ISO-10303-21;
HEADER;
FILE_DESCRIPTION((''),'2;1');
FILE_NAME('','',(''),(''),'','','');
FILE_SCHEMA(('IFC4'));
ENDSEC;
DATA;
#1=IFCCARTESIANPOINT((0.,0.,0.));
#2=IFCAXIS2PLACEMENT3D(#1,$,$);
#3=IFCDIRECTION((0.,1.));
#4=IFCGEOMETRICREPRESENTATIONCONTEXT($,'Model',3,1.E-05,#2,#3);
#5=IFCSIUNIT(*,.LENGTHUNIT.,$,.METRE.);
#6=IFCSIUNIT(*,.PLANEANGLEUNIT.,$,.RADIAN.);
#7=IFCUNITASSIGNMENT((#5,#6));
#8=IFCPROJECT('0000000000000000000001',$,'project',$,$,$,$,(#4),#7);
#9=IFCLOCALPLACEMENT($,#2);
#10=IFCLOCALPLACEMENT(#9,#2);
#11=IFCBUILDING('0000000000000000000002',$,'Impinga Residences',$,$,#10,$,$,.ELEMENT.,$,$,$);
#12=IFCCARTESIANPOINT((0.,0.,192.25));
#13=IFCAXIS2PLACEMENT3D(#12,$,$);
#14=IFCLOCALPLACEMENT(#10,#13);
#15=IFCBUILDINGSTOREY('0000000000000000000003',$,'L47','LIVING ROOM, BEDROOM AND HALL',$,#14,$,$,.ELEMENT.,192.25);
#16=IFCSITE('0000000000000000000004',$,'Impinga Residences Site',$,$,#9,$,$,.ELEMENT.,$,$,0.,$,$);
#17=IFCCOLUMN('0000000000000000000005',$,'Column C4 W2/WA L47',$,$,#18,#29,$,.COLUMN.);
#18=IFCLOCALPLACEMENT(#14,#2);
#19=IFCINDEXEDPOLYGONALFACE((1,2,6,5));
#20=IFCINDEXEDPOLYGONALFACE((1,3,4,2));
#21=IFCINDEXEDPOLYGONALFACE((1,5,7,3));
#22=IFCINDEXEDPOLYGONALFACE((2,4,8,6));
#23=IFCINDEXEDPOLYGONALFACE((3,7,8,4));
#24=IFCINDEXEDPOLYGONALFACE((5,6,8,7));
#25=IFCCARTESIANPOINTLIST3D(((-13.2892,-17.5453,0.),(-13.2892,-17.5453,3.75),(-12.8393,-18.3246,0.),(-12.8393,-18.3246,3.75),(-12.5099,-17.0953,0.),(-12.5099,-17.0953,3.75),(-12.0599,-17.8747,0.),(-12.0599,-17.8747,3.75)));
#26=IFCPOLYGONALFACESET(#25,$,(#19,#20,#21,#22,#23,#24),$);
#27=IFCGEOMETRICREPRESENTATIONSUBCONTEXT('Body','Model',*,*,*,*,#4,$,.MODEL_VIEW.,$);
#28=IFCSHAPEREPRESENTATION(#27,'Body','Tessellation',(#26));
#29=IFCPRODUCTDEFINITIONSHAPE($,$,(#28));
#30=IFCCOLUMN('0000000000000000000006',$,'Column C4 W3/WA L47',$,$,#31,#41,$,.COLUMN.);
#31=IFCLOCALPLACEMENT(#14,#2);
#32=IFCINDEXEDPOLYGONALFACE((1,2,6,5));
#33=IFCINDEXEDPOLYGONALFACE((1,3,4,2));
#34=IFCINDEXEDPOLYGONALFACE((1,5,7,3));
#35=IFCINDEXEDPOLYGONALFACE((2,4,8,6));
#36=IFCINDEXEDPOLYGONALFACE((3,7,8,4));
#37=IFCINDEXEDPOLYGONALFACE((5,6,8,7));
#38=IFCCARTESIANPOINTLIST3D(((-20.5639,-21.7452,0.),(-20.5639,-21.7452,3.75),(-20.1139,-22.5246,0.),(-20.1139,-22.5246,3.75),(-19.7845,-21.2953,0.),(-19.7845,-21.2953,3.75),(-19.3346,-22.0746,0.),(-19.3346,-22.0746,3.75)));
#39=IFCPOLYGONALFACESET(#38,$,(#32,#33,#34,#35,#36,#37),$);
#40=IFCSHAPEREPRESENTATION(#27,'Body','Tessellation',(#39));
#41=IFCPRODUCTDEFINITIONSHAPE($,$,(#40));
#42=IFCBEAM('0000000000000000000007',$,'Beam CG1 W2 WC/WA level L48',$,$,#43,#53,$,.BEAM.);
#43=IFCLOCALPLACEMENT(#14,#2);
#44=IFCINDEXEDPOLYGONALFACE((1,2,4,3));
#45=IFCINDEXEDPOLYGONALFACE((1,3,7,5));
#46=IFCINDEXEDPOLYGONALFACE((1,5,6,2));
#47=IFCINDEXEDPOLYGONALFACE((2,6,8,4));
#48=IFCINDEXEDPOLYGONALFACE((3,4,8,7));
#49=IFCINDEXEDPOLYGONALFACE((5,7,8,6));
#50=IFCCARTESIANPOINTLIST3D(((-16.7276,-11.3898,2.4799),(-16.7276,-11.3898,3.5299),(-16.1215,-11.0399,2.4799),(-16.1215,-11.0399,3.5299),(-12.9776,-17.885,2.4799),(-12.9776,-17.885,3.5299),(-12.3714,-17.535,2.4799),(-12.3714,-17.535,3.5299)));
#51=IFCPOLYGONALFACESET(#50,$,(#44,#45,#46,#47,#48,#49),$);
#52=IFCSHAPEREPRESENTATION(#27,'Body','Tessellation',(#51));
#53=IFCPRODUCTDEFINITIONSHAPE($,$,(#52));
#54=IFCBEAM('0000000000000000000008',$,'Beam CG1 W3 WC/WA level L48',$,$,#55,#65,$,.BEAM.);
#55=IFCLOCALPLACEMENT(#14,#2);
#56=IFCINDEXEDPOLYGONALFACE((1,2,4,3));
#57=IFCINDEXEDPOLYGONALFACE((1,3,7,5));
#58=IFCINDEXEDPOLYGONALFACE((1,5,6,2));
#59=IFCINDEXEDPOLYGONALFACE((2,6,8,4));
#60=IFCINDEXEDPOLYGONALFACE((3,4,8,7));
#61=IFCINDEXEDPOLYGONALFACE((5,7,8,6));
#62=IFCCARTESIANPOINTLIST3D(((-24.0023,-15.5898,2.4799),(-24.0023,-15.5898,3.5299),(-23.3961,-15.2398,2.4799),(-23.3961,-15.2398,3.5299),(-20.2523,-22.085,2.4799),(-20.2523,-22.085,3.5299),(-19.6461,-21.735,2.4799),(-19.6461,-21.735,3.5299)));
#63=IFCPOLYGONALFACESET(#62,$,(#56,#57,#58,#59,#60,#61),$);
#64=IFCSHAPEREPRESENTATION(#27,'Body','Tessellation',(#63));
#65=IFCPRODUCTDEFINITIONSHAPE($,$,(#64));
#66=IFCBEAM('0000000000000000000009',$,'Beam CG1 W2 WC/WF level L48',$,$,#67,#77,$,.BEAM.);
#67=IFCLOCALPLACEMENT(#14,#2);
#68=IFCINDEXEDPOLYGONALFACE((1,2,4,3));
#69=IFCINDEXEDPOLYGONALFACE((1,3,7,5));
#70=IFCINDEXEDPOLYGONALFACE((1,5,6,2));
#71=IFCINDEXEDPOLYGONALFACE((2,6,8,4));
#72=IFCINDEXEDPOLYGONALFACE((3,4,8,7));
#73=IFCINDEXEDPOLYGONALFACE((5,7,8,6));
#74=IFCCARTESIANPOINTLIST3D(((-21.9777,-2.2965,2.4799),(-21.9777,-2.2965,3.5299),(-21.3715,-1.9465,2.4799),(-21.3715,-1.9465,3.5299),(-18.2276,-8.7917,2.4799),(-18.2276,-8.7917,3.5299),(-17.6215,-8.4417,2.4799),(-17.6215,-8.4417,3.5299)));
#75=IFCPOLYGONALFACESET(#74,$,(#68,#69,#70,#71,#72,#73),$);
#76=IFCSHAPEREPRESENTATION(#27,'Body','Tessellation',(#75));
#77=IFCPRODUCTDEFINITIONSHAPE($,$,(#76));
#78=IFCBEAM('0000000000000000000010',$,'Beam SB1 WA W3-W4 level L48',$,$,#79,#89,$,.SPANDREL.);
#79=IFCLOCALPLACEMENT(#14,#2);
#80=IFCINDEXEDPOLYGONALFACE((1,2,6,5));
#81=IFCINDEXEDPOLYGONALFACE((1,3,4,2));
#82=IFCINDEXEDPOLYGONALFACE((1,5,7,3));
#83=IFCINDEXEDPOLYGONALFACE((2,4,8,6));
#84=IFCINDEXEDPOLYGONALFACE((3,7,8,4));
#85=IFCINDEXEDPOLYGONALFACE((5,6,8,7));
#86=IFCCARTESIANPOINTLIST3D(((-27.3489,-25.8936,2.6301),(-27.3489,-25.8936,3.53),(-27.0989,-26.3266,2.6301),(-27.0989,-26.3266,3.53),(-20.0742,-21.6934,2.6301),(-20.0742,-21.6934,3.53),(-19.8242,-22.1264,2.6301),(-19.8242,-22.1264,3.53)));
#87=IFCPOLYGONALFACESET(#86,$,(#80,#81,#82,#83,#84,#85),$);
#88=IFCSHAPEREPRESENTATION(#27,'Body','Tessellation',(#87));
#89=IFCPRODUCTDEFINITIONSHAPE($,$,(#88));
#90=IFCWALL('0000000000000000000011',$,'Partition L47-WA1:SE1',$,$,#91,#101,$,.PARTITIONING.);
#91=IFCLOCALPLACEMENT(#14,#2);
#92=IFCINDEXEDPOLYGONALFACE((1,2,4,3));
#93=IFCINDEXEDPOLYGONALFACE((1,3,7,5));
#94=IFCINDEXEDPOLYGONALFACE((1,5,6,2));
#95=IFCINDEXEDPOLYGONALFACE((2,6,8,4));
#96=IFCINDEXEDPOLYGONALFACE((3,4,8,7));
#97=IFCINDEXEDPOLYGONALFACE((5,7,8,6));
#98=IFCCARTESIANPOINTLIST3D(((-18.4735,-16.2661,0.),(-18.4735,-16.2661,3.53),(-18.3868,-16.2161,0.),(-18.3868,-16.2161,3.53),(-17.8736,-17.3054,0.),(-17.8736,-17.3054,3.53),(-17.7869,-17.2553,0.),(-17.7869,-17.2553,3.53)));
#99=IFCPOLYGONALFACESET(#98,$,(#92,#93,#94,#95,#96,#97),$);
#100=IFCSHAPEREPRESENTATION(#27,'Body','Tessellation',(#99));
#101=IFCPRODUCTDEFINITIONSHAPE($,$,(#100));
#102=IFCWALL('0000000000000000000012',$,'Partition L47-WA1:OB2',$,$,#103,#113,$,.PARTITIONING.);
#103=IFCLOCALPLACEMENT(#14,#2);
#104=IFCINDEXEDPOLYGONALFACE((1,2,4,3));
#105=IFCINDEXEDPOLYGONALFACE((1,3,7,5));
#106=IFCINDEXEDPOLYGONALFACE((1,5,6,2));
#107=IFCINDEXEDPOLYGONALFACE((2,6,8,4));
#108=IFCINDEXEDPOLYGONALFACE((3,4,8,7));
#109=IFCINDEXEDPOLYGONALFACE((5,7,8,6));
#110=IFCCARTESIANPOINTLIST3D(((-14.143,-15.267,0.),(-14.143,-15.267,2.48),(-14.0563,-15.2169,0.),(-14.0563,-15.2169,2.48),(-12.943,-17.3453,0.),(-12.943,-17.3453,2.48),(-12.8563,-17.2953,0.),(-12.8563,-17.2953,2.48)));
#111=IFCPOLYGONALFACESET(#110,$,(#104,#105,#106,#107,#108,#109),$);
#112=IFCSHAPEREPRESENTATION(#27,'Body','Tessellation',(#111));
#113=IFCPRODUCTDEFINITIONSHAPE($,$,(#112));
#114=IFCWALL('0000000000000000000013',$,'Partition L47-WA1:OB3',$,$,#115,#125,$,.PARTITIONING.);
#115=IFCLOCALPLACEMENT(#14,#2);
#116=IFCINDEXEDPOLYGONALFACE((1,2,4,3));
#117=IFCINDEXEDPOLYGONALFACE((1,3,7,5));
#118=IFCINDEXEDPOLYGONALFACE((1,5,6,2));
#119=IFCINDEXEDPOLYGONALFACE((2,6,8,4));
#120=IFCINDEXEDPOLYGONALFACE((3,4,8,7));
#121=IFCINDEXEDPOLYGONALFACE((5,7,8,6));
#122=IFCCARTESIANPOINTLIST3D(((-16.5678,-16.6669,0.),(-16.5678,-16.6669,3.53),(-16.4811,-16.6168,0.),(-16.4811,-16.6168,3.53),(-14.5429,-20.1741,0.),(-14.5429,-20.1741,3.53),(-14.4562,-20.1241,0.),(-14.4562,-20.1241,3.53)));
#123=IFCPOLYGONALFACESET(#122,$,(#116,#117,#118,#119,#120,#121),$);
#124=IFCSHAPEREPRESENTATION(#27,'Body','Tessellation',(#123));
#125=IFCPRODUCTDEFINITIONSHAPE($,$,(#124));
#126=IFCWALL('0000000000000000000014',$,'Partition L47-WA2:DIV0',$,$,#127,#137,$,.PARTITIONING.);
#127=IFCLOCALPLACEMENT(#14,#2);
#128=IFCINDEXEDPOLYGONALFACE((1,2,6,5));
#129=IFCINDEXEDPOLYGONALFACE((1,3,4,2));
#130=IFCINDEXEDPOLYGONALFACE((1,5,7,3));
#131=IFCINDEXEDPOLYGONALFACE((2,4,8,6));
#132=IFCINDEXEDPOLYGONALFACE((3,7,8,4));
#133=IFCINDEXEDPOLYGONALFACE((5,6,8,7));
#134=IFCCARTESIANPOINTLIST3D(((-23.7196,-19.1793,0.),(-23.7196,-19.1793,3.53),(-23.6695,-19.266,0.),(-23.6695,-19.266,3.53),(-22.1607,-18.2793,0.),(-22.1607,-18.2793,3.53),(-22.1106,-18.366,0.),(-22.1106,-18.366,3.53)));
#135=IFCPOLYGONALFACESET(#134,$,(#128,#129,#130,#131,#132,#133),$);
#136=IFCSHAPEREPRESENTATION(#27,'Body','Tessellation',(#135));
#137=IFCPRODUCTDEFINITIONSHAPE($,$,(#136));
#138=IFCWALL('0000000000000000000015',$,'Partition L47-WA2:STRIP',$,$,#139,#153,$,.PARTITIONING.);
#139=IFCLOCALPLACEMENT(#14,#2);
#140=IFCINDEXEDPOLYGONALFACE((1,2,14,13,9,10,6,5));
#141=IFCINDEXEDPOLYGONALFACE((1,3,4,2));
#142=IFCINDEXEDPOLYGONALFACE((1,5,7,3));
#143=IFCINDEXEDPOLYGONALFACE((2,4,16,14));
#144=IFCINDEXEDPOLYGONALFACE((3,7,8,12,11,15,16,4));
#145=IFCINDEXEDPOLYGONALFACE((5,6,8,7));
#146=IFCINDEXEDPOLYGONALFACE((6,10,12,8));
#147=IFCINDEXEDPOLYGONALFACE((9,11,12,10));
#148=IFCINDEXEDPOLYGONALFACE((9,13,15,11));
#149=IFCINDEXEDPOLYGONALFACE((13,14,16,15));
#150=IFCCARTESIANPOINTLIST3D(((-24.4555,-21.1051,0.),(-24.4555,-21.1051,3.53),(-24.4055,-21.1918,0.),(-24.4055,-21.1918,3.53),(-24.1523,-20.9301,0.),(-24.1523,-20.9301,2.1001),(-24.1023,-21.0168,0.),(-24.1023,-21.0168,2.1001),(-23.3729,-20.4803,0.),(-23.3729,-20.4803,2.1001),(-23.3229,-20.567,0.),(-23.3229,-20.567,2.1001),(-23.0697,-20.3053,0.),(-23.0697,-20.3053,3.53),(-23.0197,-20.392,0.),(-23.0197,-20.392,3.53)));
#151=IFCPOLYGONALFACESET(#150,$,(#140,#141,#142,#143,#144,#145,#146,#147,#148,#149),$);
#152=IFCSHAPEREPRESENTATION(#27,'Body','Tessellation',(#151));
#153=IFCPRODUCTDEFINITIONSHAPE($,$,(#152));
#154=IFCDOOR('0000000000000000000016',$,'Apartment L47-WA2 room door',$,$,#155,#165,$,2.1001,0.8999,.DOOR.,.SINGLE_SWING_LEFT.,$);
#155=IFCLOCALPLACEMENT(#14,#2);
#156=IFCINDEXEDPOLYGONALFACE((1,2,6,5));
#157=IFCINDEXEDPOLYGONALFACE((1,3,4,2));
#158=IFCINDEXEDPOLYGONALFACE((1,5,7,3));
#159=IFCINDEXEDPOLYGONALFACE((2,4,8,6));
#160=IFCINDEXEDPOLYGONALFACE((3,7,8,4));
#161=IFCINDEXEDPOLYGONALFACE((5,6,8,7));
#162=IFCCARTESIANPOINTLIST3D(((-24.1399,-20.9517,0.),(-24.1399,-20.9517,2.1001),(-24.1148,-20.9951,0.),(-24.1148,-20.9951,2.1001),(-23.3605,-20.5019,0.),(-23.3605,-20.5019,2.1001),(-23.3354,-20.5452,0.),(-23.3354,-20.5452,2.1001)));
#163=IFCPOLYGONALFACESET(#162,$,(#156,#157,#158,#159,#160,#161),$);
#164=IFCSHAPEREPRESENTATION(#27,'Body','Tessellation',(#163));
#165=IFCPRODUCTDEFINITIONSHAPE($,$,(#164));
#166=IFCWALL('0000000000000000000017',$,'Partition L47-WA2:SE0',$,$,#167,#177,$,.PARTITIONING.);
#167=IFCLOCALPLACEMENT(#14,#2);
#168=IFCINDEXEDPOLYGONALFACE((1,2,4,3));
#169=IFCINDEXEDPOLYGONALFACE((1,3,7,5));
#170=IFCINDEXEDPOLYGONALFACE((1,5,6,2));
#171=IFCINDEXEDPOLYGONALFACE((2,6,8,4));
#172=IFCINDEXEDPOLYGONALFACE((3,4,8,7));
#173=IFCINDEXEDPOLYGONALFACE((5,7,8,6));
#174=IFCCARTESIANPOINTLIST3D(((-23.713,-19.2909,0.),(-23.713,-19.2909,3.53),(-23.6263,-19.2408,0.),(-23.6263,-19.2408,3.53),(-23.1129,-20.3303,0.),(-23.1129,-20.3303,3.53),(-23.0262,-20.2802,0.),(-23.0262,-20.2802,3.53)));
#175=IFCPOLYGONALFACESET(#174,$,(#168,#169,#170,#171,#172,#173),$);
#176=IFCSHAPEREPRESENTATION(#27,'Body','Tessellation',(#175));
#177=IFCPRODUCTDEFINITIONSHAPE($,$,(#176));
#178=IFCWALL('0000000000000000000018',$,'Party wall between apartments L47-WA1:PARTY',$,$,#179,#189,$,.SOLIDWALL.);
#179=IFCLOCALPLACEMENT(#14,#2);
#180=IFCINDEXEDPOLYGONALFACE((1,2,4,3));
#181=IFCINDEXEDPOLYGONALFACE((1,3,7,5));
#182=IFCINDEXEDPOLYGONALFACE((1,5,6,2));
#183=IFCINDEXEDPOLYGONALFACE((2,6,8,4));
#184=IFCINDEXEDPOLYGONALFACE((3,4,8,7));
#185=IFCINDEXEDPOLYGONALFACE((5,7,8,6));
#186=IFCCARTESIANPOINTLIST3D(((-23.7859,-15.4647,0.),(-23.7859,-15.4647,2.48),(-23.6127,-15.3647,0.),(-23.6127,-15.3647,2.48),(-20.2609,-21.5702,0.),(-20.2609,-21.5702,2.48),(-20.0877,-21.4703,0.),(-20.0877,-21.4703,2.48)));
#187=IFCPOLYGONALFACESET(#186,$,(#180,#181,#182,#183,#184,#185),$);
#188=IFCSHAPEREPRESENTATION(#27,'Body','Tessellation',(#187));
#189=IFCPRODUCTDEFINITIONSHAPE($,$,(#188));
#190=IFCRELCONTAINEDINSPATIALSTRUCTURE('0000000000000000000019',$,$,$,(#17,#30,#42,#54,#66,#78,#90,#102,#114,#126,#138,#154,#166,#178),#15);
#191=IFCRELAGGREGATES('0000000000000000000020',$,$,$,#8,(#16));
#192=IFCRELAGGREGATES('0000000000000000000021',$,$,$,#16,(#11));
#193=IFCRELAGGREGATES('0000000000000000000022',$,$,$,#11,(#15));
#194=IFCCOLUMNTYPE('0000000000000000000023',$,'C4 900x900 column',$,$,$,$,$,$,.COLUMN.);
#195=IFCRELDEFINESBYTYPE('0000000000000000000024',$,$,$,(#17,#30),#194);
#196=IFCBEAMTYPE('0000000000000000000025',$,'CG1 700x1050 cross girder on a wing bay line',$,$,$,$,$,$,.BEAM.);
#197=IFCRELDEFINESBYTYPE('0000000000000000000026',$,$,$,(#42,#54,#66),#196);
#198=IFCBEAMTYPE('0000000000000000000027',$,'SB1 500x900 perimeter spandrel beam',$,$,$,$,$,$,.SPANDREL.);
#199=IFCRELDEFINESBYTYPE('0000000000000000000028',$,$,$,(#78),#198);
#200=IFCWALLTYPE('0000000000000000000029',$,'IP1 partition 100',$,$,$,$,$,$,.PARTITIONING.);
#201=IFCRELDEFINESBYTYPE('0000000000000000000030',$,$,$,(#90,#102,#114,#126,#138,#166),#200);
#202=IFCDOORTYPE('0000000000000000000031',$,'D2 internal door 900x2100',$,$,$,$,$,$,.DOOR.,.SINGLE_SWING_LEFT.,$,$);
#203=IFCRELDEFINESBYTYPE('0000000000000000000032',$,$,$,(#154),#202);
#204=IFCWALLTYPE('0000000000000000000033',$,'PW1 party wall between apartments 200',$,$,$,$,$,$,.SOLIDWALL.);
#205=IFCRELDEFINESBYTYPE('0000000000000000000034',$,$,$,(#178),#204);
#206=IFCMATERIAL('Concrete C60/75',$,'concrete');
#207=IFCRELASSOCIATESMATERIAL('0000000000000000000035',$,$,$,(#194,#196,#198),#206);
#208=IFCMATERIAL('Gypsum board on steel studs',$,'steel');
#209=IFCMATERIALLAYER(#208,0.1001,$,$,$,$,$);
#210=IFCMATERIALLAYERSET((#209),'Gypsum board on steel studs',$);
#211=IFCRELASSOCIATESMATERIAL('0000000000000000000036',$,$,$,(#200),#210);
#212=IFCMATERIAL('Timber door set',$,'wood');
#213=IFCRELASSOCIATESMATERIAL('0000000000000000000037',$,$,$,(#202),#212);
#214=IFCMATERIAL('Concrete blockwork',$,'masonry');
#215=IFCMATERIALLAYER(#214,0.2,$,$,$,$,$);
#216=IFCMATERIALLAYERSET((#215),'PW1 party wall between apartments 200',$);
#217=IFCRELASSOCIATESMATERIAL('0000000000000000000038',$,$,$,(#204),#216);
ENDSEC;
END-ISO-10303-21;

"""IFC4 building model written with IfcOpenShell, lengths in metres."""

from ifc_helpers import new_model, si_unit, direction, frame, frame_2d, origin, origin_2d, place, context, subcontext, project, spatial, rectangle, extrude, material, layer, layer_set, material_profile, profile_set, type_object, element, fill, save


model = new_model("IFC4")

# Units and contexts
model_context = context("Model", 3, precision=1e-05, world=origin(), true_north=direction((0.0, 1.0)))
body_context = subcontext(model_context, "Body", "Model", "MODEL_VIEW")
ifc_project = project(units=[si_unit("LENGTHUNIT", "METRE"), si_unit("PLANEANGLEUNIT", "RADIAN")], contexts=[model_context])

# Site, building, storey
site_placement = place(None, origin())
site = spatial("IfcSite", under=ifc_project, at=site_placement, Name="Impinga Residences Site", CompositionType="ELEMENT", RefElevation=0.0)
building_placement = place(site_placement, origin())
building = spatial("IfcBuilding", under=site, at=building_placement, Name="Impinga Residences", CompositionType="ELEMENT")
storey_placement = place(building_placement, frame((0.0, 0.0, 192.25)))
storey = spatial("IfcBuildingStorey", under=building, at=storey_placement, Name="L47", Description="LIVING ROOM, BEDROOM AND HALL", CompositionType="ELEMENT", Elevation=192.25)

# Columns
ifc_material_1 = material(Name="Concrete C60/75", Category="concrete")
ifc_material_profile_1 = material_profile(ifc_material_1, rectangle(XDim=0.8999, YDim=0.8999, at=origin_2d()), Name="RC 900x900")
ifc_profile_set_1 = profile_set([ifc_material_profile_1], Name="Concrete C60/75")
column_type = type_object("IfcColumnType", Name="C4 900x900 column", PredefinedType="COLUMN", material=ifc_profile_set_1)
for number, where, z_axis, x_axis, name in (
    (1, (-12.6746, -17.71, 0.0), (0.0, 0.0, 1.0), (-0.5, 0.866025, 0.0), "Column C4 W2/WA L47"),
    (2, (-19.9492, -21.9099, 0.0), (0.0, 0.0, 1.0), (-0.5, 0.866025, 0.0), "Column C4 W3/WA L47"),
):
    element("IfcColumn", number, at=place(storey_placement, frame(where, z_axis=z_axis, x_axis=x_axis)), inside=storey, type_object=column_type, Name=name, PredefinedType="COLUMN", context=body_context, shape_type="SweptSolid", body=[
        extrude(rectangle(XDim=0.8999, YDim=0.8999, at=origin_2d()), origin(), (0.0, 0.0, 1.0), 3.75),
    ])

# Beams
ifc_material_profile_2 = material_profile(ifc_material_1, rectangle(XDim=0.7, YDim=1.05, at=origin_2d()), Name="RC 700x1050")
ifc_profile_set_2 = profile_set([ifc_material_profile_2], Name="Concrete C60/75")
beam_type_1 = type_object("IfcBeamType", Name="CG1 700x1050 cross girder on a wing bay line", PredefinedType="BEAM", material=ifc_profile_set_2)
for number, where, z_axis, x_axis, name in (
    (3, (-16.4246, -11.2148, 3.0049), (0.500004, -0.866023, 0.0), (0.866023, 0.500004, 0.0), "Beam CG1 W2 WC/WA level L48"),
    (4, (-23.6992, -15.4148, 3.0049), (0.500004, -0.866023, 0.0), (0.866023, 0.500004, 0.0), "Beam CG1 W3 WC/WA level L48"),
    (5, (-17.9246, -8.6167, 3.0049), (-0.500004, 0.866023, 0.0), (-0.866023, -0.500004, 0.0), "Beam CG1 W2 WC/WF level L48"),
):
    element("IfcBeam", number, at=place(storey_placement, frame(where, z_axis=z_axis, x_axis=x_axis)), inside=storey, type_object=beam_type_1, Name=name, PredefinedType="BEAM", context=body_context, shape_type="SweptSolid", body=[
        extrude(rectangle(XDim=0.7, YDim=1.05, at=origin_2d()), origin(), (0.0, 0.0, 1.0), 7.5),
    ])
ifc_material_profile_3 = material_profile(ifc_material_1, rectangle(XDim=0.5, YDim=0.8999, at=origin_2d()), Name="RC 500x900")
ifc_profile_set_3 = profile_set([ifc_material_profile_3], Name="Concrete C60/75")
beam_type_2 = type_object("IfcBeamType", Name="SB1 500x900 perimeter spandrel beam", PredefinedType="SPANDREL", material=ifc_profile_set_3)
beam_placement = place(storey_placement, frame((-19.9492, -21.9099, 3.0801), z_axis=(-0.866017, -0.500015, 0.0), x_axis=(0.500015, -0.866017, 0.0)))
element("IfcBeam", 6, at=beam_placement, inside=storey, type_object=beam_type_2, Name="Beam SB1 WA W3-W4 level L48", PredefinedType="SPANDREL", context=body_context, shape_type="SweptSolid", body=[
    extrude(rectangle(XDim=0.5, YDim=0.8999, at=origin_2d()), origin(), (0.0, 0.0, 1.0), 8.4001),
])

# Walls
ifc_material_2 = material(Name="Gypsum board on steel studs", Category="steel")
ifc_layer_1 = layer(ifc_material_2, 0.1001)
ifc_layer_set_1 = layer_set([ifc_layer_1], Name="Gypsum board on steel studs")
wall_type_1 = type_object("IfcWallType", Name="IP1 partition 100", PredefinedType="PARTITIONING", material=ifc_layer_set_1)
wall_1_placement = place(storey_placement, frame((-18.4302, -16.241, 0.0), z_axis=(0.0, 0.0, 1.0), x_axis=(0.499881, -0.866094, 0.0)))
element("IfcWall", 7, at=wall_1_placement, inside=storey, type_object=wall_type_1, Name="Partition L47-WA1:SE1", PredefinedType="PARTITIONING", context=body_context, shape_type="SweptSolid", body=[
    extrude(rectangle(XDim=1.2, YDim=0.1001, at=frame_2d((0.6001, 0.0))), origin(), (0.0, 0.0, 1.0), 3.53),
])
wall_2_placement = place(storey_placement, frame((-14.0996, -15.2419, 0.0), z_axis=(0.0, 0.0, 1.0), x_axis=(0.500001, -0.866025, 0.0)))
element("IfcWall", 8, at=wall_2_placement, inside=storey, type_object=wall_type_1, Name="Partition L47-WA1:OB2", PredefinedType="PARTITIONING", context=body_context, shape_type="SweptSolid", body=[
    extrude(rectangle(XDim=2.3999, YDim=0.1001, at=frame_2d((1.2, 0.0))), origin(), (0.0, 0.0, 1.0), 2.48),
])
wall_3_placement = place(storey_placement, frame((-16.5244, -16.6418, 0.0), z_axis=(0.0, 0.0, 1.0), x_axis=(0.49999, -0.866031, 0.0)))
element("IfcWall", 9, at=wall_3_placement, inside=storey, type_object=wall_type_1, Name="Partition L47-WA1:OB3", PredefinedType="PARTITIONING", context=body_context, shape_type="SweptSolid", body=[
    extrude(rectangle(XDim=4.0498, YDim=0.1001, at=frame_2d((2.0249, 0.0))), origin(), (0.0, 0.0, 1.0), 3.53),
])
wall_4_placement = place(storey_placement, frame((-22.1357, -18.3228, 0.0), z_axis=(0.0, 0.0, 1.0), x_axis=(-0.866048, -0.499961, 0.0)))
element("IfcWall", 10, at=wall_4_placement, inside=storey, type_object=wall_type_1, Name="Partition L47-WA2:DIV0", PredefinedType="PARTITIONING", context=body_context, shape_type="SweptSolid", body=[
    extrude(rectangle(XDim=1.8, YDim=0.1001, at=frame_2d((0.8999, 0.0))), origin(), (0.0, 0.0, 1.0), 3.53),
])

# Wall, opening, door
wall_5_placement = place(storey_placement, frame((-23.0447, -20.3486, 0.0), z_axis=(0.0, 0.0, 1.0), x_axis=(-0.866094, -0.499881, 0.0)))
wall_5 = element("IfcWall", 11, at=wall_5_placement, inside=storey, type_object=wall_type_1, Name="Partition L47-WA2:STRIP", PredefinedType="PARTITIONING", context=body_context, shape_type="SweptSolid", body=[
    extrude(rectangle(XDim=1.6001, YDim=0.1001, at=frame_2d((0.8, 0.0))), origin(), (0.0, 0.0, 1.0), 3.53),
])
opening_placement = place(wall_5_placement, frame((0.3501, 0.0, 0.0)))
opening = element("IfcOpeningElement", 12, at=opening_placement, cuts=wall_5, PredefinedType="OPENING", context=body_context, shape_type="SweptSolid", body=[
    extrude(rectangle(XDim=0.8999, YDim=2.1001, at=frame_2d((0.45, 1.05))), frame((0.0, 0.0601, 0.0), z_axis=(0.0, -1.0, 0.0), x_axis=(1.0, 0.0, 0.0)), (0.0, 0.0, 1.0), 0.1201),
])
ifc_material_3 = material(Name="Timber door set", Category="wood")
door_type = type_object("IfcDoorType", Name="D2 internal door 900x2100", OperationType="SINGLE_SWING_LEFT", PredefinedType="DOOR", material=ifc_material_3)
door_placement = place(opening_placement, origin())
door = element("IfcDoor", 13, at=door_placement, inside=storey, type_object=door_type, Name="Apartment L47-WA2 room door", OperationType="SINGLE_SWING_LEFT", OverallHeight=2.1001, OverallWidth=0.8999, PredefinedType="DOOR", context=body_context, shape_type="SweptSolid", body=[
    extrude(rectangle(XDim=0.8999, YDim=2.1001, at=frame_2d((0.45, 1.05))), frame((0.0, 0.0249, 0.0), z_axis=(0.0, -1.0, 0.0), x_axis=(1.0, 0.0, 0.0)), (0.0, 0.0, 1.0), 0.05),
])
fill(opening, door)

# Walls
wall_6_placement = place(storey_placement, frame((-23.6697, -19.2659, 0.0), z_axis=(0.0, 0.0, 1.0), x_axis=(0.500034, -0.866006, 0.0)))
element("IfcWall", 14, at=wall_6_placement, inside=storey, type_object=wall_type_1, Name="Partition L47-WA2:SE0", PredefinedType="PARTITIONING", context=body_context, shape_type="SweptSolid", body=[
    extrude(rectangle(XDim=1.2002, YDim=0.1001, at=frame_2d((0.6001, 0.0))), origin(), (0.0, 0.0, 1.0), 3.53),
])
ifc_material_4 = material(Name="Concrete blockwork", Category="masonry")
ifc_layer_2 = layer(ifc_material_4, 0.2)
ifc_layer_set_2 = layer_set([ifc_layer_2], Name="PW1 party wall between apartments 200")
wall_type_2 = type_object("IfcWallType", Name="PW1 party wall between apartments 200", PredefinedType="SOLIDWALL", material=ifc_layer_set_2)
wall_7_placement = place(storey_placement, frame((-23.6992, -15.4148, 0.0), z_axis=(0.0, 0.0, 1.0), x_axis=(0.49999, -0.866031, 0.0)))
element("IfcWall", 15, at=wall_7_placement, inside=storey, type_object=wall_type_2, Name="Party wall between apartments L47-WA1:PARTY", PredefinedType="SOLIDWALL", context=body_context, shape_type="SweptSolid", body=[
    extrude(rectangle(XDim=7.05, YDim=0.2, at=frame_2d((3.5249, 0.0))), origin(), (0.0, 0.0, 1.0), 2.48),
])

save(model, "model.ifc")
